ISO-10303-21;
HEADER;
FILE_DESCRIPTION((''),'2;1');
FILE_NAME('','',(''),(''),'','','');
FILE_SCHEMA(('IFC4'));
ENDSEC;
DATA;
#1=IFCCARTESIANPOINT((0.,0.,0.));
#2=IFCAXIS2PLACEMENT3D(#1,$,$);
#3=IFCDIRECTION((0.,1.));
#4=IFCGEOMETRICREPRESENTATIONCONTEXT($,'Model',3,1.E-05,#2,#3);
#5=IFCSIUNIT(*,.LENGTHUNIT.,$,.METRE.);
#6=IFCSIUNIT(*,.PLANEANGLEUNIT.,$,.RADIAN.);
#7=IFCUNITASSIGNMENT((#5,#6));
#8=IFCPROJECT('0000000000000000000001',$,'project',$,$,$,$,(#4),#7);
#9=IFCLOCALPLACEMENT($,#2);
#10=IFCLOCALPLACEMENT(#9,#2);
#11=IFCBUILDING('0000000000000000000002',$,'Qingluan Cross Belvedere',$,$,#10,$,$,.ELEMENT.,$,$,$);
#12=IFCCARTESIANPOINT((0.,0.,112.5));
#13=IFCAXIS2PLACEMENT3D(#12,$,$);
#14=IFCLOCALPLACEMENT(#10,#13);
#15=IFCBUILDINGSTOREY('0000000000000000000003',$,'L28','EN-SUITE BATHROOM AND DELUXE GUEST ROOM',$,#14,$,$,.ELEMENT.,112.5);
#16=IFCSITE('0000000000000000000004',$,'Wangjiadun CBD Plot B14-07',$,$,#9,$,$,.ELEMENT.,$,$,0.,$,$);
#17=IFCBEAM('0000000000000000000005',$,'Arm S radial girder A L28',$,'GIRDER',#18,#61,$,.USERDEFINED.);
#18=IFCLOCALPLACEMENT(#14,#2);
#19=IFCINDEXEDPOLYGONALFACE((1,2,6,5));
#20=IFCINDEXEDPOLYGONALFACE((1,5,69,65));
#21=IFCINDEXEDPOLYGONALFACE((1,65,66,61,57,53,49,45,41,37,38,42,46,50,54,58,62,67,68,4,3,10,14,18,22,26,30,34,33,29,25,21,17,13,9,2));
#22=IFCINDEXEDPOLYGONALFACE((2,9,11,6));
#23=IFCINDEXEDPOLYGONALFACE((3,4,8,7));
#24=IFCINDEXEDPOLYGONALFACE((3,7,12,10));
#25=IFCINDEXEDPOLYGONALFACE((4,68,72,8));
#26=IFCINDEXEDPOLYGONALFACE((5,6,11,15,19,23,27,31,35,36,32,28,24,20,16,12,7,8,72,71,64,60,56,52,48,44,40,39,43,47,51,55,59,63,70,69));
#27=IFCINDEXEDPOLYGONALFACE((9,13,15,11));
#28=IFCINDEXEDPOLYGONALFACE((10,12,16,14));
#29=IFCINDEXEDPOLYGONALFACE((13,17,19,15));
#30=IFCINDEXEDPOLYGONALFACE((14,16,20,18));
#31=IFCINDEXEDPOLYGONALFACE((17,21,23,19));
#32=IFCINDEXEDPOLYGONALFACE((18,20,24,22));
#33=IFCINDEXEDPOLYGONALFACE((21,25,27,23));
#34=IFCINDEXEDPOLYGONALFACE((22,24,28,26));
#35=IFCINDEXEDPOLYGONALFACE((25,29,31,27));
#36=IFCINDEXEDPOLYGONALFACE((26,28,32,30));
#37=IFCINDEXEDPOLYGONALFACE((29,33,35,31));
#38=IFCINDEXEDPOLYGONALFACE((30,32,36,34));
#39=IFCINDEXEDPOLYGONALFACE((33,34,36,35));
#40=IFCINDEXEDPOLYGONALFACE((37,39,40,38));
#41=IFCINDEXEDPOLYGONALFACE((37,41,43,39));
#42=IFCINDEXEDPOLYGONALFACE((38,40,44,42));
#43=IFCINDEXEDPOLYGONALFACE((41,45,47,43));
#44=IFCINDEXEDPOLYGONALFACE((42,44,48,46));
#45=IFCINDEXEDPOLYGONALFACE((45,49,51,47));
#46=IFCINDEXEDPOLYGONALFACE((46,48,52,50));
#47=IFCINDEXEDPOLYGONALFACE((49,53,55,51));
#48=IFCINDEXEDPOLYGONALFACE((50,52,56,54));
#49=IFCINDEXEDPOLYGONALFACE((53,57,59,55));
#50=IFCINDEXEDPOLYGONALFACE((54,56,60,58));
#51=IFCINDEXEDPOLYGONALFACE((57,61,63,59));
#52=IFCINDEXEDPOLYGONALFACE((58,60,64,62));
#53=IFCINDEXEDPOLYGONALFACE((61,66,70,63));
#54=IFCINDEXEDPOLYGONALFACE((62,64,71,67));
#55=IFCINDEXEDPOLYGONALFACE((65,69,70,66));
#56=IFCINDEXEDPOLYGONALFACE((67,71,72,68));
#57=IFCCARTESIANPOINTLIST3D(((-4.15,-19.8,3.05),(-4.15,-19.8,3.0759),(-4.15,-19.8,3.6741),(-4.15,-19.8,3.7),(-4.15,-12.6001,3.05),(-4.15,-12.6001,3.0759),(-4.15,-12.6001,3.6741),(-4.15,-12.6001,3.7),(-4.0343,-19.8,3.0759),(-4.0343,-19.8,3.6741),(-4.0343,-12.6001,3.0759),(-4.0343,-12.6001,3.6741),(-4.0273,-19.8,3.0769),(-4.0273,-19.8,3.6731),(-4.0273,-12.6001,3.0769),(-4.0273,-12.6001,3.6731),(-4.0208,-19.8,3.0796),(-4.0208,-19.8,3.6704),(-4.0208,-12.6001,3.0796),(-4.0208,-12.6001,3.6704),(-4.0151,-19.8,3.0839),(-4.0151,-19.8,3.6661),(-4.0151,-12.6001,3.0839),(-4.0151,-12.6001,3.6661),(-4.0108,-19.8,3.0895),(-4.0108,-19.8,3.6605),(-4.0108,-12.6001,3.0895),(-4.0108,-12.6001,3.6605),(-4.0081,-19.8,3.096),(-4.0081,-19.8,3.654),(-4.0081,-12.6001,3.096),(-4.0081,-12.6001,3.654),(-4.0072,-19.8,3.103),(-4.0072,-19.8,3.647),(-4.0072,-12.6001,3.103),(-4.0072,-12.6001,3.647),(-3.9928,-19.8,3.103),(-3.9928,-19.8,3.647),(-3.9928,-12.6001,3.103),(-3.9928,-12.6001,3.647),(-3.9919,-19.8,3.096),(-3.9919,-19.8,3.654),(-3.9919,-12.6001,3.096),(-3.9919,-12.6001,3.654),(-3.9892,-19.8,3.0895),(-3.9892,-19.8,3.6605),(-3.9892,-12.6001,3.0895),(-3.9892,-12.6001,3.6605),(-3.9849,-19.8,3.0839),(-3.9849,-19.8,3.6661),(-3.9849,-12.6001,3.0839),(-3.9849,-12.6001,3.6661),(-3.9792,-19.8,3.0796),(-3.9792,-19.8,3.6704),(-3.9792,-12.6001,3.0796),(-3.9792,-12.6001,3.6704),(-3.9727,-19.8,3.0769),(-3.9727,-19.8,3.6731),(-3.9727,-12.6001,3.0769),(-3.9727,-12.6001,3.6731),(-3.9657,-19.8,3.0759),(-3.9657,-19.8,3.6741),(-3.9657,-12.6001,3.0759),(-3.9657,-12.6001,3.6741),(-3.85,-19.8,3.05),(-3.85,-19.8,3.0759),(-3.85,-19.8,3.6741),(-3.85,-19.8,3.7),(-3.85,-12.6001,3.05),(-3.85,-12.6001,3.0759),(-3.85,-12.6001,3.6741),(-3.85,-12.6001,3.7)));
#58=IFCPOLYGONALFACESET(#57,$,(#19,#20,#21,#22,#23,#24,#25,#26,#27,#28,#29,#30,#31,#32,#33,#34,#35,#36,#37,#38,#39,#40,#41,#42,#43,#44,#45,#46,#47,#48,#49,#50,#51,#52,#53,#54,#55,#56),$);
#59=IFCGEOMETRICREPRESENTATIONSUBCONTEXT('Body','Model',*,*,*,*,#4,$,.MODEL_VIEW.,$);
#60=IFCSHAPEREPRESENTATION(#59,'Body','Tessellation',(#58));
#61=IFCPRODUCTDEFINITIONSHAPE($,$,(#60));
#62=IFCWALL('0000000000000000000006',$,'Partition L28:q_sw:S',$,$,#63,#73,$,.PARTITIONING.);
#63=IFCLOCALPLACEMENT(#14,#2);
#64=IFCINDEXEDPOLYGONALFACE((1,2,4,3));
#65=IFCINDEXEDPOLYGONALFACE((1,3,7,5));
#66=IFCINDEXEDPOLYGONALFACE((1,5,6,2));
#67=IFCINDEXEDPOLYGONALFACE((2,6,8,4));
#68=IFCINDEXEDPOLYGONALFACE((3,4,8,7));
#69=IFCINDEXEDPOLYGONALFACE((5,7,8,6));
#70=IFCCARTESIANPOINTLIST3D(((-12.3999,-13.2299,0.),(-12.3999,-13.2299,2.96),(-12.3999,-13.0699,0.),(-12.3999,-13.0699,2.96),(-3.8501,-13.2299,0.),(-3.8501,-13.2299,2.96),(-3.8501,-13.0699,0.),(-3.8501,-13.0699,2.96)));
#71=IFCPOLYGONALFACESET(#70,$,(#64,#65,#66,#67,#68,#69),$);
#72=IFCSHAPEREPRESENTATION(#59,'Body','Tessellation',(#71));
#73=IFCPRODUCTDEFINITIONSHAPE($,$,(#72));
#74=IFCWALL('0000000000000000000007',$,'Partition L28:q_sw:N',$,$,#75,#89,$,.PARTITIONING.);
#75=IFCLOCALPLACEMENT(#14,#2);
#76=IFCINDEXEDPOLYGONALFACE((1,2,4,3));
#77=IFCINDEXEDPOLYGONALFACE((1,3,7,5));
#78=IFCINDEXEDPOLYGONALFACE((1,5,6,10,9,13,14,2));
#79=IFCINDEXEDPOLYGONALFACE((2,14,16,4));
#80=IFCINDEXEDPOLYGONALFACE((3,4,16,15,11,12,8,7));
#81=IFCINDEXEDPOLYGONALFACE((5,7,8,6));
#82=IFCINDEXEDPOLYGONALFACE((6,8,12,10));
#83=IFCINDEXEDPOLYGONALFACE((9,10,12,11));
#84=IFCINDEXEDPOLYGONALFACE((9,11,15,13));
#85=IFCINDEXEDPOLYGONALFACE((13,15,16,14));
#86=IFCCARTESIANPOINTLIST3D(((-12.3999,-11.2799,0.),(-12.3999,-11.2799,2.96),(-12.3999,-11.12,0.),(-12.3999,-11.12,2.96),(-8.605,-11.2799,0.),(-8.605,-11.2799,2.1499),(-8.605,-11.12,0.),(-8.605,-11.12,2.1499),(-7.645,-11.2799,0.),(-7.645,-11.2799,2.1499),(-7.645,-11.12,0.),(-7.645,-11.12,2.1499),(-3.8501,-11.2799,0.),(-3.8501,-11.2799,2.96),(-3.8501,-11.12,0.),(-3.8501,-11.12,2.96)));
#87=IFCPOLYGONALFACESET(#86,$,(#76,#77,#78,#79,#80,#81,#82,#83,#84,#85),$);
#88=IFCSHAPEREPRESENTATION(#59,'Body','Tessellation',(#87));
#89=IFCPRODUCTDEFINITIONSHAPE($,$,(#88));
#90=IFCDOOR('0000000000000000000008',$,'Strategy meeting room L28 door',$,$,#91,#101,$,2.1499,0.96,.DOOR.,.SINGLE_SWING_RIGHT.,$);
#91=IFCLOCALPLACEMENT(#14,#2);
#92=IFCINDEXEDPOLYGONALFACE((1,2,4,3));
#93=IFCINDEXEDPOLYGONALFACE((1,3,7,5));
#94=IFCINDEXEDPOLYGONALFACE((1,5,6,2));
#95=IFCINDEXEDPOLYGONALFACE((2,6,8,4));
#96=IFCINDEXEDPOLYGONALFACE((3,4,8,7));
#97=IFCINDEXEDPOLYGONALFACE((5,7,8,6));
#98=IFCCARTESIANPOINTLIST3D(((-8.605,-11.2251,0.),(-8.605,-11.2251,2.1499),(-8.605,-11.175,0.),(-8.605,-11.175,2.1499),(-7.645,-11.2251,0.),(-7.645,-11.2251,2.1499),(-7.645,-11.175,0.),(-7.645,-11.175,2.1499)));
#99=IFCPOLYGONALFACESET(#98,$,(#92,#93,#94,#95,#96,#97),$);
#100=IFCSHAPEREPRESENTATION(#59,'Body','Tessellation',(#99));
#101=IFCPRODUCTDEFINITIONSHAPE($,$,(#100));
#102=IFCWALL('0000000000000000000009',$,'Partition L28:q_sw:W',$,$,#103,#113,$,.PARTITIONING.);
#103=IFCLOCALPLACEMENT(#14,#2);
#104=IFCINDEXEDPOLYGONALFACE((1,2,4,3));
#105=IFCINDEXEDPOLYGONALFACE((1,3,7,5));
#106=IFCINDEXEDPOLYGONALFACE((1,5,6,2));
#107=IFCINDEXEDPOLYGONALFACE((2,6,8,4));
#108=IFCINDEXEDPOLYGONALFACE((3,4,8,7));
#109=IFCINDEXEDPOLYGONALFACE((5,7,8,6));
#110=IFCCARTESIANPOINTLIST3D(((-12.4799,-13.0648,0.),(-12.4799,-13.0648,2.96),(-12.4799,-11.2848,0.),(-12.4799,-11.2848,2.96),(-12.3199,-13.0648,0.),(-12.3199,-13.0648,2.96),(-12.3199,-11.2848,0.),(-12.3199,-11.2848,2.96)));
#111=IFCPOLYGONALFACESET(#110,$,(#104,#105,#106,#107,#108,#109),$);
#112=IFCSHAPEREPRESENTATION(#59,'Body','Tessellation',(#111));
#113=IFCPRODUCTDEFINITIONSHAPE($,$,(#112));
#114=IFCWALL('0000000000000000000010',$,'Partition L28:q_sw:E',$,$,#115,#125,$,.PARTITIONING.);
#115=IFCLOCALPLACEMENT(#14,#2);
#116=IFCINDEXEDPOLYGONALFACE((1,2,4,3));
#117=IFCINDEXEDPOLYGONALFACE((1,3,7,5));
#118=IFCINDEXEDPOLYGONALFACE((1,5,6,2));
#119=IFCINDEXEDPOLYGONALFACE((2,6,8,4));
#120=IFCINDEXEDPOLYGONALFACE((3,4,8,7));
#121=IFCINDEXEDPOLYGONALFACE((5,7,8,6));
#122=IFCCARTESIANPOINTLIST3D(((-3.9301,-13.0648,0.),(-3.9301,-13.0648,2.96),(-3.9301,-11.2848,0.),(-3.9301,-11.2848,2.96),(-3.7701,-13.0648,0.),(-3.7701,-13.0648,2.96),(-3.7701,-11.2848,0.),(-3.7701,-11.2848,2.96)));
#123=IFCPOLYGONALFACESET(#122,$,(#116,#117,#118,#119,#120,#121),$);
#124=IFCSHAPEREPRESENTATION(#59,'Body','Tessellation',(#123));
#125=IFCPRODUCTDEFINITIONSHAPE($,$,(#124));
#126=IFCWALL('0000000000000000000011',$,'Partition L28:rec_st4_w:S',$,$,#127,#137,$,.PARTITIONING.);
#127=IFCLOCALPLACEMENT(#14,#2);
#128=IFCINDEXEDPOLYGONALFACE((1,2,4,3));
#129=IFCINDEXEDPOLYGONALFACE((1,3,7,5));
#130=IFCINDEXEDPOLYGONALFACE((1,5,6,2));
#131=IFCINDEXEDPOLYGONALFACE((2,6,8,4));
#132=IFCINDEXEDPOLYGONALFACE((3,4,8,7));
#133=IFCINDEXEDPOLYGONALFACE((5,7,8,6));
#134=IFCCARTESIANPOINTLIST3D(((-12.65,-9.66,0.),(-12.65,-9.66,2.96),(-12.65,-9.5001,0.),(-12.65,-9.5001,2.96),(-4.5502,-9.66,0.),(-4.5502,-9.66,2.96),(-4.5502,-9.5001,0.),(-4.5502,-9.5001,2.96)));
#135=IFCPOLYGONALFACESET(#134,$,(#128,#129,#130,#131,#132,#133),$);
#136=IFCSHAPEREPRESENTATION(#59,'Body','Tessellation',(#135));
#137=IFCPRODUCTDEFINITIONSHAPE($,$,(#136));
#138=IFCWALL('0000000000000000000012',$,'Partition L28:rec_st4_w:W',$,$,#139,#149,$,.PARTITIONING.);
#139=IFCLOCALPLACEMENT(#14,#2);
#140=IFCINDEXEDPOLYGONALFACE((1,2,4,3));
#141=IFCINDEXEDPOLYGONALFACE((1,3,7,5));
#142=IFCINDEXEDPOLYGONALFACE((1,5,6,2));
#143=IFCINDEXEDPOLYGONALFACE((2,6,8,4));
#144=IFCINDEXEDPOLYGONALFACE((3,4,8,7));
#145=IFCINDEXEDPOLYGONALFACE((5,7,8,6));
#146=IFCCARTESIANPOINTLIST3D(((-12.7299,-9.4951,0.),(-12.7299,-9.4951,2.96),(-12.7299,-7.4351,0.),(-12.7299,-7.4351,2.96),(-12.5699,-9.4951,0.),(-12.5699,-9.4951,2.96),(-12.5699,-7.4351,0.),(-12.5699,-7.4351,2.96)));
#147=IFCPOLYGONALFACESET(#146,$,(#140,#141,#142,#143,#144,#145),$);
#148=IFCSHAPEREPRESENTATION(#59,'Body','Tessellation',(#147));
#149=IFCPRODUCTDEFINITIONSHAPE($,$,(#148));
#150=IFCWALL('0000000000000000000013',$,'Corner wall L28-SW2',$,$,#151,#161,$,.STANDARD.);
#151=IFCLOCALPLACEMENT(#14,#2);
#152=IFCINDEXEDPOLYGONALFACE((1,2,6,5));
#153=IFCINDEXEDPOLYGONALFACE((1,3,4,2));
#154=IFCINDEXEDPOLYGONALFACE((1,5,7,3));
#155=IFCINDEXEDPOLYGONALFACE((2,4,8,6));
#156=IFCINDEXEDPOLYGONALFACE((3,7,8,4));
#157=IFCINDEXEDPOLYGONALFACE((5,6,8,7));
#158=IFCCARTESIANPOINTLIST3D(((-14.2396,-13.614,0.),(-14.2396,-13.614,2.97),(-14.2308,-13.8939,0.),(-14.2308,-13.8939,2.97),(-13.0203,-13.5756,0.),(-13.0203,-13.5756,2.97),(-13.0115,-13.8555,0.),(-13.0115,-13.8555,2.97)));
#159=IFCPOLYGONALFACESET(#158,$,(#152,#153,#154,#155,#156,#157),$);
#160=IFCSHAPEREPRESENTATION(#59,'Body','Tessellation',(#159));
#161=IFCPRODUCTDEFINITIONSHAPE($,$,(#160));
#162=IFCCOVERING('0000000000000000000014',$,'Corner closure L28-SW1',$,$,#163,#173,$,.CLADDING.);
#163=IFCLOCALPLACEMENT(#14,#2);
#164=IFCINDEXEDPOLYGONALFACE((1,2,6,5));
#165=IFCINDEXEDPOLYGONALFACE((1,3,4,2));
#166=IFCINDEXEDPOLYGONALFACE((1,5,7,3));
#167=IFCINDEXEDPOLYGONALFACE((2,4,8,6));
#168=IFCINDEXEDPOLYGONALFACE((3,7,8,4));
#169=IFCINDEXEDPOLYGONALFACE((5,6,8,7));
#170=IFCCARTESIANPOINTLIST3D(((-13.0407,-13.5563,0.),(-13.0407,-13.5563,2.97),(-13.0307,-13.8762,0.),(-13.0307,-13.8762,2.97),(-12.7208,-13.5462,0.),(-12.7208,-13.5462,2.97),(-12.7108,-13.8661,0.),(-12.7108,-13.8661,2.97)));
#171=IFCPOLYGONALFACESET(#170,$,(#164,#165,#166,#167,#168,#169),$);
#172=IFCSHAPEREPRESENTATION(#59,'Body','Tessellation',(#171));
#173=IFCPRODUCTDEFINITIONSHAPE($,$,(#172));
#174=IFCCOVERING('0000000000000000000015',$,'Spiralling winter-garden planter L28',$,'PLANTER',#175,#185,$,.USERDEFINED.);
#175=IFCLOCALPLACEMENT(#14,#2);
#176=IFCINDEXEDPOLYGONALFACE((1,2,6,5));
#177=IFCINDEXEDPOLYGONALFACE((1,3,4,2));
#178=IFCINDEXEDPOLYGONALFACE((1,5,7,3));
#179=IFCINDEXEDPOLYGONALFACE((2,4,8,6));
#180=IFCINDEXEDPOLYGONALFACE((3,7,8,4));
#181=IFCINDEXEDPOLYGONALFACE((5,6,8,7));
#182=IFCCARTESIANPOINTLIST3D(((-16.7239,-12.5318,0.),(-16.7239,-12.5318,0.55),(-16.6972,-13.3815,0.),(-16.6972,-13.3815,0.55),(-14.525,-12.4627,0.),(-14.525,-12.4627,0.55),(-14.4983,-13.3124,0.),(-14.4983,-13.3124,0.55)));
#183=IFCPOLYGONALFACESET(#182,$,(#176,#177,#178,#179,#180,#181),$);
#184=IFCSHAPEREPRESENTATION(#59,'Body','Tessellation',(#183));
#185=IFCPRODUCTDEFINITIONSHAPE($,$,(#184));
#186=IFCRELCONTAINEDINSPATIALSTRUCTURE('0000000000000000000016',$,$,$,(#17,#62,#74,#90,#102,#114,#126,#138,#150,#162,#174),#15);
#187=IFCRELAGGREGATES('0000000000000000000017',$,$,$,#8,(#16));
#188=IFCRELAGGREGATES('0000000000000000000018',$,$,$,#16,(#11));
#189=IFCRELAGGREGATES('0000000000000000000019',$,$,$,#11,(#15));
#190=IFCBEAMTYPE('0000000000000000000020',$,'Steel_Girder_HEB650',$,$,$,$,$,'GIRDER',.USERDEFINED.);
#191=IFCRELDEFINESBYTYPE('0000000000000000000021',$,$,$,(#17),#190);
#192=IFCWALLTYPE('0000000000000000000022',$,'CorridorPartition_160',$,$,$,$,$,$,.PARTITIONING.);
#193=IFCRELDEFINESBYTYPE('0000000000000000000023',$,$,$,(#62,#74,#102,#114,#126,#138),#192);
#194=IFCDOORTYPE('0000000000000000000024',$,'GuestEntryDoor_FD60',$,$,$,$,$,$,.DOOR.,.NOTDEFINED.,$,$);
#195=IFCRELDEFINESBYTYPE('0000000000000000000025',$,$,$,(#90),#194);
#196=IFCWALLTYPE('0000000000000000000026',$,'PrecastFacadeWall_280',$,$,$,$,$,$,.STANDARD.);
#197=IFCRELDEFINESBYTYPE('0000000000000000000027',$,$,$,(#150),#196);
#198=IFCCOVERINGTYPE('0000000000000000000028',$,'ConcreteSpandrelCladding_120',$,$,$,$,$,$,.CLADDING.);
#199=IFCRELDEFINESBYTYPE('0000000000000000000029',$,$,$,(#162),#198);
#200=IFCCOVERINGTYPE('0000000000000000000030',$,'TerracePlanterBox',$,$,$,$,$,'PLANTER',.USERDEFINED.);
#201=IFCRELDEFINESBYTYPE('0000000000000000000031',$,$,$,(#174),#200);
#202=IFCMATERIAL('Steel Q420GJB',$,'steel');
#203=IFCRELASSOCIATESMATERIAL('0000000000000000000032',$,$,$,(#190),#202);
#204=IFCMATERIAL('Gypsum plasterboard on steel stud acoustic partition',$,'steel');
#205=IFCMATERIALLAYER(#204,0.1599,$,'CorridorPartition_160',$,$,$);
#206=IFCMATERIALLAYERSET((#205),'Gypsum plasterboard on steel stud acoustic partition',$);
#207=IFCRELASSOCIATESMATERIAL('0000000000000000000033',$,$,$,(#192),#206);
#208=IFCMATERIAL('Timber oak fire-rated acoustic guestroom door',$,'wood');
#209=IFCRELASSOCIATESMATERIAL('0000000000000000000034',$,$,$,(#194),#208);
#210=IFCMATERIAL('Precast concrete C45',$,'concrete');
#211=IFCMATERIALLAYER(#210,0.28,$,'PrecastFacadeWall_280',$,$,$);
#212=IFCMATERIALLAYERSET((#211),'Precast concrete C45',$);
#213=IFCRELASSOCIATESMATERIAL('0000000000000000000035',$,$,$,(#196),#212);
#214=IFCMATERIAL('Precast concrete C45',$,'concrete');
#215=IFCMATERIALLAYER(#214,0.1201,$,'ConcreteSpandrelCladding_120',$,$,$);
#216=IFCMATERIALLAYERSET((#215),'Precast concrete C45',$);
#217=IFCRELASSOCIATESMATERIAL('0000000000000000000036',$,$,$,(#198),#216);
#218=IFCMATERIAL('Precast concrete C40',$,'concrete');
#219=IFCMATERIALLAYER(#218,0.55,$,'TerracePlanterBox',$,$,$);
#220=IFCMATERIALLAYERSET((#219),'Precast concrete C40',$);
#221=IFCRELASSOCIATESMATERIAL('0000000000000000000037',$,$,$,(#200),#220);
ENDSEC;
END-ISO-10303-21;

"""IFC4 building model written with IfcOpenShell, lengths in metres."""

from ifc_helpers import new_model, si_unit, direction, frame, frame_2d, origin, origin_2d, place, context, subcontext, project, spatial, rectangle, i_section, extrude, material, layer, layer_set, material_profile, profile_set, type_object, element, fill, save


model = new_model("IFC4")

# Units and contexts
model_context = context("Model", 3, precision=1e-05, world=origin(), true_north=direction((0.0, 1.0)))
body_context = subcontext(model_context, "Body", "Model", "MODEL_VIEW")
ifc_project = project(units=[si_unit("LENGTHUNIT", "METRE"), si_unit("PLANEANGLEUNIT", "RADIAN")], contexts=[model_context])

# Site, building, storey
site_placement = place(None, origin())
site = spatial("IfcSite", under=ifc_project, at=site_placement, Name="Wangjiadun CBD Plot B14-07", CompositionType="ELEMENT", RefElevation=0.0)
building_placement = place(site_placement, origin())
building = spatial("IfcBuilding", under=site, at=building_placement, Name="Qingluan Cross Belvedere", CompositionType="ELEMENT")
storey_placement = place(building_placement, frame((0.0, 0.0, 112.5)))
storey = spatial("IfcBuildingStorey", under=building, at=storey_placement, Name="L28", Description="EN-SUITE BATHROOM AND DELUXE GUEST ROOM", CompositionType="ELEMENT", Elevation=112.5)

# Beam
ifc_material_1 = material(Name="Steel Q420GJB", Category="steel")
ifc_material_profile_1 = material_profile(ifc_material_1, i_section(OverallWidth=0.3, OverallDepth=0.6499, WebThickness=0.0144, FlangeThickness=0.0259, FilletRadius=0.0271, at=origin_2d()), Name="HEB650")
ifc_profile_set_1 = profile_set([ifc_material_profile_1], Name="Steel Q420GJB")
beam_type_1 = type_object("IfcBeamType", Name="Steel_Girder_HEB650", ElementType="GIRDER", PredefinedType="USERDEFINED", material=ifc_profile_set_1)
beam_1_placement = place(storey_placement, frame((-4.0, -12.6001, 3.375), z_axis=(0.0, -1.0, 0.0), x_axis=(1.0, 0.0, 0.0)))
element("IfcBeam", 1, at=beam_1_placement, inside=storey, type_object=beam_type_1, Name="Arm S radial girder A L28", ObjectType="GIRDER", PredefinedType="USERDEFINED", context=body_context, shape_type="SweptSolid", body=[
    extrude(i_section(OverallWidth=0.3, OverallDepth=0.6499, WebThickness=0.0144, FlangeThickness=0.0259, FilletRadius=0.0271, at=origin_2d()), origin(), (0.0, 0.0, 1.0), 7.2),
])

# Wall
ifc_material_2 = material(Name="Gypsum plasterboard on steel stud acoustic partition", Category="steel")
ifc_layer_1 = layer(ifc_material_2, 0.1599, Name="CorridorPartition_160")
ifc_layer_set_1 = layer_set([ifc_layer_1], Name="Gypsum plasterboard on steel stud acoustic partition")
wall_type_1 = type_object("IfcWallType", Name="CorridorPartition_160", PredefinedType="PARTITIONING", material=ifc_layer_set_1)
wall_1_placement = place(storey_placement, frame((-12.3999, -13.1499, 0.0), z_axis=(0.0, 0.0, 1.0), x_axis=(1.0, 0.0, 0.0)))
element("IfcWall", 2, at=wall_1_placement, inside=storey, type_object=wall_type_1, Name="Partition L28:q_sw:S", PredefinedType="PARTITIONING", context=body_context, shape_type="SweptSolid", body=[
    extrude(rectangle(XDim=8.5498, YDim=0.1599, at=frame_2d((4.2749, 0.0))), origin(), (0.0, 0.0, 1.0), 2.96),
])

# Wall, opening, door
wall_2_placement = place(storey_placement, frame((-12.3999, -11.2, 0.0), z_axis=(0.0, 0.0, 1.0), x_axis=(1.0, 0.0, 0.0)))
wall_2 = element("IfcWall", 3, at=wall_2_placement, inside=storey, type_object=wall_type_1, Name="Partition L28:q_sw:N", PredefinedType="PARTITIONING", context=body_context, shape_type="SweptSolid", body=[
    extrude(rectangle(XDim=8.5498, YDim=0.1599, at=frame_2d((4.2749, 0.0))), origin(), (0.0, 0.0, 1.0), 2.96),
])
opening_1_placement = place(wall_2_placement, frame((3.7949, 0.0, 0.0)))
opening_1 = element("IfcOpeningElement", 4, at=opening_1_placement, cuts=wall_2, PredefinedType="OPENING", context=body_context, shape_type="SweptSolid", body=[
    extrude(rectangle(XDim=0.96, YDim=2.1499, at=frame_2d((0.48, 1.075))), frame((0.0, 0.0898, 0.0), z_axis=(0.0, -1.0, 0.0), x_axis=(1.0, 0.0, 0.0)), (0.0, 0.0, 1.0), 0.1799),
])
ifc_material_3 = material(Name="Timber oak fire-rated acoustic guestroom door", Category="wood")
door_type = type_object("IfcDoorType", Name="GuestEntryDoor_FD60", OperationType="NOTDEFINED", PredefinedType="DOOR", material=ifc_material_3)
door_1_placement = place(opening_1_placement, origin())
door_1 = element("IfcDoor", 5, at=door_1_placement, inside=storey, type_object=door_type, Name="Strategy meeting room L28 door", OperationType="SINGLE_SWING_RIGHT", OverallHeight=2.1499, OverallWidth=0.96, PredefinedType="DOOR", context=body_context, shape_type="SweptSolid", body=[
    extrude(rectangle(XDim=0.96, YDim=2.1499, at=frame_2d((0.48, 1.075))), frame((0.0, 0.0249, 0.0), z_axis=(0.0, -1.0, 0.0), x_axis=(1.0, 0.0, 0.0)), (0.0, 0.0, 1.0), 0.05),
])
fill(opening_1, door_1)

# Walls
for number, where, z_axis, x_axis, name in (
    (6, (-12.3999, -13.0649, 0.0), (0.0, 0.0, 1.0), (0.0, 1.0, 0.0), "Partition L28:q_sw:W"),
    (7, (-3.8501, -13.0649, 0.0), (0.0, 0.0, 1.0), (0.0, 1.0, 0.0), "Partition L28:q_sw:E"),
):
    element("IfcWall", number, at=place(storey_placement, frame(where, z_axis=z_axis, x_axis=x_axis)), inside=storey, type_object=wall_type_1, Name=name, PredefinedType="PARTITIONING", context=body_context, shape_type="SweptSolid", body=[
        extrude(rectangle(XDim=1.78, YDim=0.1599, at=frame_2d((0.8901, 0.0))), origin(), (0.0, 0.0, 1.0), 2.96),
    ])
wall_3_placement = place(storey_placement, frame((-12.6499, -9.5801, 0.0), z_axis=(0.0, 0.0, 1.0), x_axis=(1.0, 0.0, 0.0)))
element("IfcWall", 8, at=wall_3_placement, inside=storey, type_object=wall_type_1, Name="Partition L28:rec_st4_w:S", PredefinedType="PARTITIONING", context=body_context, shape_type="SweptSolid", body=[
    extrude(rectangle(XDim=8.0999, YDim=0.1599, at=frame_2d((4.0498, 0.0))), origin(), (0.0, 0.0, 1.0), 2.96),
])
wall_4_placement = place(storey_placement, frame((-12.6499, -9.4951, 0.0), z_axis=(0.0, 0.0, 1.0), x_axis=(0.0, 1.0, 0.0)))
element("IfcWall", 9, at=wall_4_placement, inside=storey, type_object=wall_type_1, Name="Partition L28:rec_st4_w:W", PredefinedType="PARTITIONING", context=body_context, shape_type="SweptSolid", body=[
    extrude(rectangle(XDim=2.0601, YDim=0.1599, at=frame_2d((1.03, 0.0))), origin(), (0.0, 0.0, 1.0), 2.96),
])

# Wall
ifc_material_4 = material(Name="Precast concrete C45", Category="concrete")
ifc_layer_2 = layer(ifc_material_4, 0.28, Name="PrecastFacadeWall_280")
ifc_layer_set_2 = layer_set([ifc_layer_2], Name="Precast concrete C45")
wall_type_2 = type_object("IfcWallType", Name="PrecastFacadeWall_280", PredefinedType="STANDARD", material=ifc_layer_set_2)
wall_5_placement = place(storey_placement, frame((-14.2351, -13.7539, 0.0), z_axis=(0.0, 0.0, 1.0), x_axis=(0.999506, 0.031416, 0.0)))
element("IfcWall", 10, at=wall_5_placement, inside=storey, type_object=wall_type_2, Name="Corner wall L28-SW2", PredefinedType="STANDARD", context=body_context, shape_type="SweptSolid", body=[
    extrude(rectangle(XDim=1.22, YDim=0.28, at=frame_2d((0.6099, 0.0))), origin(), (0.0, 0.0, 1.0), 2.97),
])

# Coverings
ifc_material_5 = material(Name="Precast concrete C45", Category="concrete")
ifc_layer_3 = layer(ifc_material_5, 0.1201, Name="ConcreteSpandrelCladding_120")
ifc_layer_set_3 = layer_set([ifc_layer_3], Name="Precast concrete C45")
covering_type_1 = type_object("IfcCoveringType", Name="ConcreteSpandrelCladding_120", PredefinedType="CLADDING", material=ifc_layer_set_3)
covering_1_placement = place(storey_placement, frame((-12.8757, -13.7112, 0.0), z_axis=(0.0, 0.0, 1.0), x_axis=(0.999507, 0.031411, 0.0)))
element("IfcCovering", 11, at=covering_1_placement, inside=storey, type_object=covering_type_1, Name="Corner closure L28-SW1", PredefinedType="CLADDING", context=body_context, shape_type="SweptSolid", body=[
    extrude(rectangle(XDim=0.3201, YDim=0.3201, at=origin_2d()), origin(), (0.0, 0.0, 1.0), 2.97),
])
ifc_material_6 = material(Name="Precast concrete C40", Category="concrete")
ifc_layer_4 = layer(ifc_material_6, 0.55, Name="TerracePlanterBox")
ifc_layer_set_4 = layer_set([ifc_layer_4], Name="Precast concrete C40")
covering_type_2 = type_object("IfcCoveringType", Name="TerracePlanterBox", ElementType="PLANTER", PredefinedType="USERDEFINED", material=ifc_layer_set_4)
covering_2_placement = place(storey_placement, frame((-15.6111, -12.9221, 0.0), z_axis=(0.0, 0.0, 1.0), x_axis=(0.999507, 0.031411, 0.0)))
element("IfcCovering", 12, at=covering_2_placement, inside=storey, type_object=covering_type_2, Name="Spiralling winter-garden planter L28", ObjectType="PLANTER", PredefinedType="USERDEFINED", context=body_context, shape_type="SweptSolid", body=[
    extrude(rectangle(XDim=2.2, YDim=0.8501, at=origin_2d()), origin(), (0.0, 0.0, 1.0), 0.55),
])

save(model, "model.ifc")
